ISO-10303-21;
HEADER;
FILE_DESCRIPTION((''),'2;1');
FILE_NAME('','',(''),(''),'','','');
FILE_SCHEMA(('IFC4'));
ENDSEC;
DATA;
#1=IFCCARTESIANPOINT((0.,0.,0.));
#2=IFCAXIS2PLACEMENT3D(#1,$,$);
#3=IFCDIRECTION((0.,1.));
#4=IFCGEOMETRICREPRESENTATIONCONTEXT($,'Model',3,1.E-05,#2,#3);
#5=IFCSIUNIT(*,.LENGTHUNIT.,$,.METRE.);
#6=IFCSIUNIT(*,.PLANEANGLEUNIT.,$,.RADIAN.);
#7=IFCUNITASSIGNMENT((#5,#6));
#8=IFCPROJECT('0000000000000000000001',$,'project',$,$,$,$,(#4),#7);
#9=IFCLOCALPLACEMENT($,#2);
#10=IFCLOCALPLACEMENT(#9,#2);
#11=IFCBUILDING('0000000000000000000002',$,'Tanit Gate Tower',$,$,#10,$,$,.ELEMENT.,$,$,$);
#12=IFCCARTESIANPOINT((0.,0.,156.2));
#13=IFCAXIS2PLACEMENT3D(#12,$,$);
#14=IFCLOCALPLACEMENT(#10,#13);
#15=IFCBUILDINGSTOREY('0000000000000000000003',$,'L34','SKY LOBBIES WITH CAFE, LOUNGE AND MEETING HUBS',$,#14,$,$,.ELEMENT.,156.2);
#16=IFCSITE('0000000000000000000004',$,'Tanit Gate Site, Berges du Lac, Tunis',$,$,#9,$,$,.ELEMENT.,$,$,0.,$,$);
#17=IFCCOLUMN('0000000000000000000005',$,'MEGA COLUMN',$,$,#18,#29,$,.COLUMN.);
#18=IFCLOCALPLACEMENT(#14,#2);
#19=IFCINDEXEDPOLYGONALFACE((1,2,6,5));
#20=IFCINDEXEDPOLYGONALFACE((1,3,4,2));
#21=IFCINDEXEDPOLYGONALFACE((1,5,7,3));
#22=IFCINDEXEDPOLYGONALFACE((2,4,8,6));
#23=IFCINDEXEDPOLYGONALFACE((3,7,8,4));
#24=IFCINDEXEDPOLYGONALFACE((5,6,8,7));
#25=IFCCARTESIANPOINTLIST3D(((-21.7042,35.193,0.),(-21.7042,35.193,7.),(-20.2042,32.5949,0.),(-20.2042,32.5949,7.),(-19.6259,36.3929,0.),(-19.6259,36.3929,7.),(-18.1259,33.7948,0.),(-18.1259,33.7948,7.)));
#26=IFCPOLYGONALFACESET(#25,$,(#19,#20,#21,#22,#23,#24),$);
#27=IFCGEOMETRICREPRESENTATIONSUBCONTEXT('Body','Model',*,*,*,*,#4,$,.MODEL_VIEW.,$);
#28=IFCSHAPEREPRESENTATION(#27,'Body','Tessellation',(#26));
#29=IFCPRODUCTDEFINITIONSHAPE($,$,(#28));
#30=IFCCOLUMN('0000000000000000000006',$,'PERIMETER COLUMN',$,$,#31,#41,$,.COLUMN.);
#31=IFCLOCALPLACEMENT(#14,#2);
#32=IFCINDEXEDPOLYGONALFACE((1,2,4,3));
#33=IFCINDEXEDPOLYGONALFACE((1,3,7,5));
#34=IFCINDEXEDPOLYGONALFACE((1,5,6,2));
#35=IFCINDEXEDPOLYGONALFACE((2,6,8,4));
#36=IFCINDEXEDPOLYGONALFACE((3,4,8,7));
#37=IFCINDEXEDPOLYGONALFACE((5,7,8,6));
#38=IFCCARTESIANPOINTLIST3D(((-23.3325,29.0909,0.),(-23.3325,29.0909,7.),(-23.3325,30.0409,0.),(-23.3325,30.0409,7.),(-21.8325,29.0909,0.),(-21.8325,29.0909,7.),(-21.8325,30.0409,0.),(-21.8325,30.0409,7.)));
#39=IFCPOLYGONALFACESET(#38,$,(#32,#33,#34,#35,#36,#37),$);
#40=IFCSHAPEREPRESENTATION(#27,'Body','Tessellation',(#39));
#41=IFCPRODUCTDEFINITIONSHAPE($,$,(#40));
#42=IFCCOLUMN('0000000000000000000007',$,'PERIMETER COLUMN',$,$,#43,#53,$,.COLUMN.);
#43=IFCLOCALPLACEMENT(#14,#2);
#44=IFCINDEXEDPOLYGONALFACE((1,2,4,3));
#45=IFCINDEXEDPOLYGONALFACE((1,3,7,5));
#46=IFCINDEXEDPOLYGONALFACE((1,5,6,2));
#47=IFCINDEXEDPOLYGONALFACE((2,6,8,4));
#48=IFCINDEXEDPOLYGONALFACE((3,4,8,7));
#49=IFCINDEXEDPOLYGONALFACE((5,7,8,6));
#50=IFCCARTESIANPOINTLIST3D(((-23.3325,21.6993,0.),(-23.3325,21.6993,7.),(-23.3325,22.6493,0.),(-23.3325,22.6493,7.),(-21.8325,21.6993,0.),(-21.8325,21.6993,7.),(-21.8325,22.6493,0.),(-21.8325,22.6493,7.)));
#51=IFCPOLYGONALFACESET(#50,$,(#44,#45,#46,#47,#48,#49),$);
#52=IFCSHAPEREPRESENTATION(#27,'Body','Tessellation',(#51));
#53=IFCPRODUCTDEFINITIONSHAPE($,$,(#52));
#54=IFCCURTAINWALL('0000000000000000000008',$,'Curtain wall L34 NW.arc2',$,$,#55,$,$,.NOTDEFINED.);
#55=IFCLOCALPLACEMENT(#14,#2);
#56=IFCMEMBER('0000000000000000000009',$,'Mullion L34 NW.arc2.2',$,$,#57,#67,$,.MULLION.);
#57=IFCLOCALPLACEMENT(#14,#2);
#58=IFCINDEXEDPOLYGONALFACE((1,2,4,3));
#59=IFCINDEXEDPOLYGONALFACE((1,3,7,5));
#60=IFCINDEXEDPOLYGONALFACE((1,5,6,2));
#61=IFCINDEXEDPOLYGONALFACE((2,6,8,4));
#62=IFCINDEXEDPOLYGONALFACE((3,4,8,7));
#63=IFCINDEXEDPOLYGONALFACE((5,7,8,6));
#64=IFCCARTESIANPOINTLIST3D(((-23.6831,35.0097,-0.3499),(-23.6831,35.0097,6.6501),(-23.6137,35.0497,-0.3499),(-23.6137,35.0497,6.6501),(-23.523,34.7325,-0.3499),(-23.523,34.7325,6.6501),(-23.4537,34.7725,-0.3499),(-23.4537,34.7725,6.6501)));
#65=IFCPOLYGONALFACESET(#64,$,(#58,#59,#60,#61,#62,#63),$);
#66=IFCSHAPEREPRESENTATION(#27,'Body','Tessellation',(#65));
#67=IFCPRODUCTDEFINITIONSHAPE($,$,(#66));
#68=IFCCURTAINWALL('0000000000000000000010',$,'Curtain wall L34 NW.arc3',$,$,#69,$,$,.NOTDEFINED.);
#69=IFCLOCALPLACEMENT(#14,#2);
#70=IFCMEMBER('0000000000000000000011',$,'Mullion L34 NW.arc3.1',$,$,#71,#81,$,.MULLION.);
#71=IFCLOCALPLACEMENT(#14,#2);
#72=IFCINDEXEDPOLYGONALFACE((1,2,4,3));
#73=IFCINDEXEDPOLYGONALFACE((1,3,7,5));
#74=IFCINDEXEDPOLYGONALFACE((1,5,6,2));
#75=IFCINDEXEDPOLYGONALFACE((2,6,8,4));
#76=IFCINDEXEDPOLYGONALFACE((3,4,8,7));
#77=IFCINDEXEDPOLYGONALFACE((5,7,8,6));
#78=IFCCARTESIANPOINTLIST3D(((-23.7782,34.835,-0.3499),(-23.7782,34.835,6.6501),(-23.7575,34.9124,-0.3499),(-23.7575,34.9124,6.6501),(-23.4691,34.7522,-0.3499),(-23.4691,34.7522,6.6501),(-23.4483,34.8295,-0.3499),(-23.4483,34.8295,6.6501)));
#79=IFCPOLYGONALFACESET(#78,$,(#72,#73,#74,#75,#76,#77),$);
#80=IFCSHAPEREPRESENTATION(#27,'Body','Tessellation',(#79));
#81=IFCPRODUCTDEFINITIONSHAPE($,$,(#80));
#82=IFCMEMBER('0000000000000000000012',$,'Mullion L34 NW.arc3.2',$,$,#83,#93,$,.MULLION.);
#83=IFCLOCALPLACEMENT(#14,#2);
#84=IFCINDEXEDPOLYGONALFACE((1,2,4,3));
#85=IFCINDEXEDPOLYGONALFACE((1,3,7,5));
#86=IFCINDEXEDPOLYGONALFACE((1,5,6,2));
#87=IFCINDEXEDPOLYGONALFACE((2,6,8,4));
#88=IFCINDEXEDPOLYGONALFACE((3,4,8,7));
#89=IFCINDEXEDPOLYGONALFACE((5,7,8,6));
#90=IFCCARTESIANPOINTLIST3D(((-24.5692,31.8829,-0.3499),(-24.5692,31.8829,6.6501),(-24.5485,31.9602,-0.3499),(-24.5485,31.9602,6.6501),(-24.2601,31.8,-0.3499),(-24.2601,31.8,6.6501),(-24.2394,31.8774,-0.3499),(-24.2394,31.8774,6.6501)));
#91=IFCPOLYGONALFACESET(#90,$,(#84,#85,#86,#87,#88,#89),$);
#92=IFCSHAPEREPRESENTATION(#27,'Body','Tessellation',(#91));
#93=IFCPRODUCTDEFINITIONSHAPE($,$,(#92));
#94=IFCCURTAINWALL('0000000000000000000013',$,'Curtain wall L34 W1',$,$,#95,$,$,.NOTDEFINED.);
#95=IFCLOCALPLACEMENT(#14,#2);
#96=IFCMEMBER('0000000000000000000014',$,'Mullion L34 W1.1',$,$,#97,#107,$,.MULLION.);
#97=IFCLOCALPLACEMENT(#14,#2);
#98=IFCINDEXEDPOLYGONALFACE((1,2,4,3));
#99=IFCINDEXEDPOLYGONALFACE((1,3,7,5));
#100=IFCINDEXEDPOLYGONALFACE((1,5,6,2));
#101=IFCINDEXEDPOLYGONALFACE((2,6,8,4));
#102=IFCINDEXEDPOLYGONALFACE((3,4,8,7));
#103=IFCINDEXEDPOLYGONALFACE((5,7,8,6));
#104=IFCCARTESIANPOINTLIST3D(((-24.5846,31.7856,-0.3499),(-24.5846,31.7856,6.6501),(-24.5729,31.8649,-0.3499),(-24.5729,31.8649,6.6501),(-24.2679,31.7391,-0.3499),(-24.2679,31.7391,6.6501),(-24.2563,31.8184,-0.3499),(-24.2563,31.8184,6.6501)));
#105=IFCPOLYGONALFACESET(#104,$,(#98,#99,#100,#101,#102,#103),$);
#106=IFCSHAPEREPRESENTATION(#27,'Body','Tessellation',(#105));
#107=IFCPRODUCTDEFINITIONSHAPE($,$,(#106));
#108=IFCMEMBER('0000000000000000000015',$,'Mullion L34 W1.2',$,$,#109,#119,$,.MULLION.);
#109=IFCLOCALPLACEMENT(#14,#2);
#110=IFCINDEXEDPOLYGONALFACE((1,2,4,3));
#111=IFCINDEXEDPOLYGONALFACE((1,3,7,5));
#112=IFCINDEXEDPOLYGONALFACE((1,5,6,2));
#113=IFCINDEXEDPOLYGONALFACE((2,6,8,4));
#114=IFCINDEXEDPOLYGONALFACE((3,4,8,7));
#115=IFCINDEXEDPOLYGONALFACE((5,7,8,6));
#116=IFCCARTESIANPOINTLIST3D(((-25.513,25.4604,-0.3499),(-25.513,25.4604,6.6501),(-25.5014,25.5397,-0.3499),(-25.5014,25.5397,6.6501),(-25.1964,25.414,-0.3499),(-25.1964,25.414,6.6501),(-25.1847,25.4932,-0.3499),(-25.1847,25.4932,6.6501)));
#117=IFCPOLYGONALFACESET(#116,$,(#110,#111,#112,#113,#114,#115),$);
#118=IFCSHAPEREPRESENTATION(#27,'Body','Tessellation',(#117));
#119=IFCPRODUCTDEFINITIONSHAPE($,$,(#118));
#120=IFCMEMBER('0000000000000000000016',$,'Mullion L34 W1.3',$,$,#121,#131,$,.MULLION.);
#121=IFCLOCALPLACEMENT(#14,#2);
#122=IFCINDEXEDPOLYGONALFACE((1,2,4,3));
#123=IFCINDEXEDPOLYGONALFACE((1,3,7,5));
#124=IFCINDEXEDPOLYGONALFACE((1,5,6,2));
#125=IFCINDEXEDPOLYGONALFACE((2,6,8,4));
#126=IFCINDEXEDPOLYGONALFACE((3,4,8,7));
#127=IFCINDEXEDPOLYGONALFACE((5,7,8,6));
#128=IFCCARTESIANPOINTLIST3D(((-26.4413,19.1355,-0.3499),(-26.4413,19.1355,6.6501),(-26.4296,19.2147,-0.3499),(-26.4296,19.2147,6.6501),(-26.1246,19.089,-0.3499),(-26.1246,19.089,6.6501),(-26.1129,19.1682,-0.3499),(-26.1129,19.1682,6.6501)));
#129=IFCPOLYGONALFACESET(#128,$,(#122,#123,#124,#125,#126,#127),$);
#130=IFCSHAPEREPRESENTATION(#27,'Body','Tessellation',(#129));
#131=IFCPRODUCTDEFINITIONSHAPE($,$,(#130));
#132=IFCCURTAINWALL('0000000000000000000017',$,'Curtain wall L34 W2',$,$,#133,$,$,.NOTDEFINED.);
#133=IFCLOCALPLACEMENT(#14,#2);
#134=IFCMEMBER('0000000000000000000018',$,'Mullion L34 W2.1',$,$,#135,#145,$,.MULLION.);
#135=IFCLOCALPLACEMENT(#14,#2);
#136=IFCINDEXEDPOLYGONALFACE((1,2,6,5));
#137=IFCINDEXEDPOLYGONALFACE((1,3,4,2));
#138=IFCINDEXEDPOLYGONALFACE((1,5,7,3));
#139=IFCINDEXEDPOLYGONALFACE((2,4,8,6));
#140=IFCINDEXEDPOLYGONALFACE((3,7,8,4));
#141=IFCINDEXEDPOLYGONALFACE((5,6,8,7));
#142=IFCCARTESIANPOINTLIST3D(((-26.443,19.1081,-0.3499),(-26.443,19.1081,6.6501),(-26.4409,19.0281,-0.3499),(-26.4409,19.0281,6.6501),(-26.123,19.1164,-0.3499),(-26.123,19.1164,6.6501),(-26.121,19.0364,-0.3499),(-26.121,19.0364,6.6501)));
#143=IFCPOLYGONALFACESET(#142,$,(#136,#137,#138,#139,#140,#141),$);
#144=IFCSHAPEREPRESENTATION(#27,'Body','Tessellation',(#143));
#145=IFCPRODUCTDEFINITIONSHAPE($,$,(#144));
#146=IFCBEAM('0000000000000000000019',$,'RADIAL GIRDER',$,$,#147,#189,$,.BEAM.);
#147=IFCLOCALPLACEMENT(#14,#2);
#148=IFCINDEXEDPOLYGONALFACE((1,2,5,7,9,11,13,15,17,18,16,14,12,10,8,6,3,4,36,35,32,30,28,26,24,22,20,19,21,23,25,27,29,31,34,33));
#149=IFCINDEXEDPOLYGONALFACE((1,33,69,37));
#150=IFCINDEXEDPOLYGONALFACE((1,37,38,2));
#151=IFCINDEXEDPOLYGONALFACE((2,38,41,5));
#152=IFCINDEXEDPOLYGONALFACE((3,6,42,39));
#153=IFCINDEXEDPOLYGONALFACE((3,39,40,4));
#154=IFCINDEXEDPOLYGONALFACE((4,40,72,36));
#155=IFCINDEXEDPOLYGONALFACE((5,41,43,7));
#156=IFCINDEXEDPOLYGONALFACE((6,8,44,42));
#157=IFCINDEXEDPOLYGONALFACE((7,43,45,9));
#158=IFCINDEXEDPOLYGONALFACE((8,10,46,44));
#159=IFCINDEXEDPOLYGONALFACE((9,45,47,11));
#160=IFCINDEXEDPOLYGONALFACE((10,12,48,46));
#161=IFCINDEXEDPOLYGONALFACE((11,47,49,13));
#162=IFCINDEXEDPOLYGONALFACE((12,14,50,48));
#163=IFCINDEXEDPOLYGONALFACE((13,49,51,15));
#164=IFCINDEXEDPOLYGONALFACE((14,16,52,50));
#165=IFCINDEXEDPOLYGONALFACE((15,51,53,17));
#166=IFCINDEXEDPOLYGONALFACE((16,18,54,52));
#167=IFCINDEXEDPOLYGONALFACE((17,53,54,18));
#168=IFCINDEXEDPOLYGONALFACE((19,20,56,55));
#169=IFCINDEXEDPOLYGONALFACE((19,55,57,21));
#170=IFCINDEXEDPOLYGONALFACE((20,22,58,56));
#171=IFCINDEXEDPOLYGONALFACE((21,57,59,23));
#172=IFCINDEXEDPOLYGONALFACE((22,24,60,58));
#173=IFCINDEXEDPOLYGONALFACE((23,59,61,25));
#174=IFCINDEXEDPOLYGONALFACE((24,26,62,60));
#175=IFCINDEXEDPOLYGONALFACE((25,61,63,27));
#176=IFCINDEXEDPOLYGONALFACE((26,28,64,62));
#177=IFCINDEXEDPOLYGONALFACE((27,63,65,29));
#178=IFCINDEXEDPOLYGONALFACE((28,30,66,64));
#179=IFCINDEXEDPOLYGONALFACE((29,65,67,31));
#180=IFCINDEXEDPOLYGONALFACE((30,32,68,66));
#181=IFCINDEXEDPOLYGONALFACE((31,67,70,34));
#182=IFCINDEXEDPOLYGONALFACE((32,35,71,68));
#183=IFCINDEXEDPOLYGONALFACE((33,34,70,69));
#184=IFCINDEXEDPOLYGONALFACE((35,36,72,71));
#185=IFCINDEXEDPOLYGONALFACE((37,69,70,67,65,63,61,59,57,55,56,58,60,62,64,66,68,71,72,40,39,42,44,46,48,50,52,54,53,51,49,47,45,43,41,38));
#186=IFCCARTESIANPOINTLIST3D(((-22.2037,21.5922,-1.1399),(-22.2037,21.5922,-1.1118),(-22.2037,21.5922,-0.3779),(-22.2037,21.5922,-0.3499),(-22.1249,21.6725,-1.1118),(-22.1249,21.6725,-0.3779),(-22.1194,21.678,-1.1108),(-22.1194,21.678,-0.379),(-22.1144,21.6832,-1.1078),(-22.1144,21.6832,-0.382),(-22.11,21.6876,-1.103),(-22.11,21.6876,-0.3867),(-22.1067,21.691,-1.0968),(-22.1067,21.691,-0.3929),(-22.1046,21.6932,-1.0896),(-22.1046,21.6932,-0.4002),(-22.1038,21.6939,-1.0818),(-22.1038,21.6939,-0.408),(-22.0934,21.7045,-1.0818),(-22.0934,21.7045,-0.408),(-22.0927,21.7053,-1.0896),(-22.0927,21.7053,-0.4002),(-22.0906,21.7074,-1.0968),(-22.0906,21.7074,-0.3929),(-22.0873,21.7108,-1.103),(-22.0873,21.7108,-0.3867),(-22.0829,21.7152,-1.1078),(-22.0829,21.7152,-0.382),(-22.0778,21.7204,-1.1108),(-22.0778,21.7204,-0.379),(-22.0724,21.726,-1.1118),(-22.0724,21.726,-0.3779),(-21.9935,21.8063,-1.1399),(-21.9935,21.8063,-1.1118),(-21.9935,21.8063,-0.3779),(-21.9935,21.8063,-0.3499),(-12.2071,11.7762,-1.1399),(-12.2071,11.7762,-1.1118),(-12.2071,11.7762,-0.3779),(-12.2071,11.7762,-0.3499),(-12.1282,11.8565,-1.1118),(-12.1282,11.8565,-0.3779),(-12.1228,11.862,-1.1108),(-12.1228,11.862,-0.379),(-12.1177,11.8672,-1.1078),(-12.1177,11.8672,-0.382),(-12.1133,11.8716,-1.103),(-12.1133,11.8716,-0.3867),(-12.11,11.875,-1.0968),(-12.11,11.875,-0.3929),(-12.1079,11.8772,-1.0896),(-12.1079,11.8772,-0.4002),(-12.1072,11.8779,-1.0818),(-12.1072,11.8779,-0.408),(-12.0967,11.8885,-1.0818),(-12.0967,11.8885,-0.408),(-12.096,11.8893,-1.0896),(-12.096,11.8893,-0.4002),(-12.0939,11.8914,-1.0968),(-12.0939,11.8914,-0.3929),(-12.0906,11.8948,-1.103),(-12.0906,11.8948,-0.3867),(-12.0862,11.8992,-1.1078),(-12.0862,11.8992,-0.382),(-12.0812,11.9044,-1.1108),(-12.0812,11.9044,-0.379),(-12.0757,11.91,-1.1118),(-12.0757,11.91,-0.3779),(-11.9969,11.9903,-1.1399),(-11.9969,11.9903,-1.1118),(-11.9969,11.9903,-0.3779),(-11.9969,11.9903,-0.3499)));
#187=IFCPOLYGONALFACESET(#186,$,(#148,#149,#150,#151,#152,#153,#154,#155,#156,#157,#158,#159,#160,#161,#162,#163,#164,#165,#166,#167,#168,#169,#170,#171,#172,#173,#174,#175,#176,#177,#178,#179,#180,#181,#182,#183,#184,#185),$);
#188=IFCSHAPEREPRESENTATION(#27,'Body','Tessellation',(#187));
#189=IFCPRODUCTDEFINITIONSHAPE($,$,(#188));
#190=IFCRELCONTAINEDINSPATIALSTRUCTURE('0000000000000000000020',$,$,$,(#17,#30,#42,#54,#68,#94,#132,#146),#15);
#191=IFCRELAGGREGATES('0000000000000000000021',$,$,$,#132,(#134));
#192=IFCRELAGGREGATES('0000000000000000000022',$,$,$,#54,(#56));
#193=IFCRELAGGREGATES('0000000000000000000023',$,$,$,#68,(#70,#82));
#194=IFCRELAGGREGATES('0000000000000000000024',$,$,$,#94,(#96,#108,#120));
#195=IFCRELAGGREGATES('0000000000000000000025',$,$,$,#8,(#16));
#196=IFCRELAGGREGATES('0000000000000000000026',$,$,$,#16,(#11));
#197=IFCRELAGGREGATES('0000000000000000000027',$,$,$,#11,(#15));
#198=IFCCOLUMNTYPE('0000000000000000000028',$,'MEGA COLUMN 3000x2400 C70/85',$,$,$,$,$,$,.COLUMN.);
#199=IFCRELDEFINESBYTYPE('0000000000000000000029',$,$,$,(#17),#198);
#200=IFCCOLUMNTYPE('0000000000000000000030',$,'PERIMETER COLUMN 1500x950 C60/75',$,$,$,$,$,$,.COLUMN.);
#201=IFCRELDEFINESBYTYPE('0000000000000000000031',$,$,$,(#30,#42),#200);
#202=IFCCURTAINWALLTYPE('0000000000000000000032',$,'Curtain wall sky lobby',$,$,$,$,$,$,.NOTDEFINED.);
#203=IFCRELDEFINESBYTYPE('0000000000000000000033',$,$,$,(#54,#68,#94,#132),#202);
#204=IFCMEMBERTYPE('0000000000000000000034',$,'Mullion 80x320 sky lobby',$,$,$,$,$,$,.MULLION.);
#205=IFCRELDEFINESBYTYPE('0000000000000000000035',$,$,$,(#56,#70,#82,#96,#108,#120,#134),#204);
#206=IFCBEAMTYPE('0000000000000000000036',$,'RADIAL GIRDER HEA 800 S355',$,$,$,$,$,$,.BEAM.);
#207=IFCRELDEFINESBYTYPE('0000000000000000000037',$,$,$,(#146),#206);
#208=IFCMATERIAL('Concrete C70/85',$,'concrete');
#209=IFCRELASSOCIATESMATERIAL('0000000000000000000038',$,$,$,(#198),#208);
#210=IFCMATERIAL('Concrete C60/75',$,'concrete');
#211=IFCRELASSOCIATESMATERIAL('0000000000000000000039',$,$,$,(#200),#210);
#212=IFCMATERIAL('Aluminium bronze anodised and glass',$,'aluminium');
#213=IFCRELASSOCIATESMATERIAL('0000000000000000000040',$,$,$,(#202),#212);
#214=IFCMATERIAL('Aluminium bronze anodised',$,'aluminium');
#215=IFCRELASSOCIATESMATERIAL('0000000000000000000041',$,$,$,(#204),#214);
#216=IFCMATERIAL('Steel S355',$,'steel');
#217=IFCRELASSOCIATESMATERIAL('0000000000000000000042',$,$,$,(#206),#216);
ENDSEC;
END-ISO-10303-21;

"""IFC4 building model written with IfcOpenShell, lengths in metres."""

from ifc_helpers import new_model, si_unit, direction, frame, origin, origin_2d, place, context, subcontext, project, spatial, rectangle, i_section, extrude, material, material_profile, profile_set, type_object, element, aggregate, save


model = new_model("IFC4")

# Units and contexts
model_context = context("Model", 3, precision=1e-05, world=origin(), true_north=direction((0.0, 1.0)))
body_context = subcontext(model_context, "Body", "Model", "MODEL_VIEW")
ifc_project = project(units=[si_unit("LENGTHUNIT", "METRE"), si_unit("PLANEANGLEUNIT", "RADIAN")], contexts=[model_context])

# Site, building, storey
site_placement = place(None, origin())
site = spatial("IfcSite", under=ifc_project, at=site_placement, Name="Tanit Gate Site, Berges du Lac, Tunis", CompositionType="ELEMENT", RefElevation=0.0)
building_placement = place(site_placement, origin())
building = spatial("IfcBuilding", under=site, at=building_placement, Name="Tanit Gate Tower", CompositionType="ELEMENT")
storey_placement = place(building_placement, frame((0.0, 0.0, 156.2)))
storey = spatial("IfcBuildingStorey", under=building, at=storey_placement, Name="L34", Description="SKY LOBBIES WITH CAFE, LOUNGE AND MEETING HUBS", CompositionType="ELEMENT", Elevation=156.2)

# Columns
ifc_material_1 = material(Name="Concrete C70/85", Category="concrete")
ifc_material_profile_1 = material_profile(ifc_material_1, rectangle(XDim=3.0, YDim=2.3999, at=origin_2d()), Name="RC 3000x2400")
ifc_profile_set_1 = profile_set([ifc_material_profile_1], Name="Concrete C70/85")
column_type_1 = type_object("IfcColumnType", Name="MEGA COLUMN 3000x2400 C70/85", PredefinedType="COLUMN", material=ifc_profile_set_1)
column_placement = place(storey_placement, frame((-19.915, 34.4939, 0.0), z_axis=(0.0, 0.0, 1.0), x_axis=(-0.5, 0.866025, 0.0)))
element("IfcColumn", 1, at=column_placement, inside=storey, type_object=column_type_1, Name="MEGA COLUMN", PredefinedType="COLUMN", context=body_context, shape_type="SweptSolid", body=[
    extrude(rectangle(XDim=3.0, YDim=2.3999, at=origin_2d()), origin(), (0.0, 0.0, 1.0), 7.0),
])
ifc_material_2 = material(Name="Concrete C60/75", Category="concrete")
ifc_material_profile_2 = material_profile(ifc_material_2, rectangle(XDim=1.5, YDim=0.95, at=origin_2d()), Name="RC 1500x950")
ifc_profile_set_2 = profile_set([ifc_material_profile_2], Name="Concrete C60/75")
column_type_2 = type_object("IfcColumnType", Name="PERIMETER COLUMN 1500x950 C60/75", PredefinedType="COLUMN", material=ifc_profile_set_2)
for number, where, z_axis, x_axis, name in (
    (2, (-22.5825, 29.5659, 0.0), (0.0, 0.0, 1.0), (-1.0, 0.0, 0.0), "PERIMETER COLUMN"),
    (3, (-22.5825, 22.1743, 0.0), (0.0, 0.0, 1.0), (-1.0, 0.0, 0.0), "PERIMETER COLUMN"),
):
    element("IfcColumn", number, at=place(storey_placement, frame(where, z_axis=z_axis, x_axis=x_axis)), inside=storey, type_object=column_type_2, Name=name, PredefinedType="COLUMN", context=body_context, shape_type="SweptSolid", body=[
        extrude(rectangle(XDim=1.5, YDim=0.95, at=origin_2d()), origin(), (0.0, 0.0, 1.0), 7.0),
    ])

# Curtain wall, member
ifc_material_3 = material(Name="Aluminium bronze anodised and glass", Category="aluminium")
curtain_wall_type = type_object("IfcCurtainWallType", Name="Curtain wall sky lobby", PredefinedType="NOTDEFINED", material=ifc_material_3)
curtain_wall_1_placement = place(storey_placement, origin())
curtain_wall_1 = element("IfcCurtainWall", 4, at=curtain_wall_1_placement, inside=storey, type_object=curtain_wall_type, Name="Curtain wall L34 NW.arc2", PredefinedType="NOTDEFINED")
ifc_material_4 = material(Name="Aluminium bronze anodised", Category="aluminium")
ifc_material_profile_3 = material_profile(ifc_material_4, rectangle(XDim=0.3201, YDim=0.0801, at=origin_2d()), Name="80x320 bronze mullion")
ifc_profile_set_3 = profile_set([ifc_material_profile_3], Name="Aluminium bronze anodised")
member_type_1 = type_object("IfcMemberType", Name="Mullion 80x320 sky lobby", PredefinedType="MULLION", material=ifc_profile_set_3)
member_1_placement = place(storey_placement, frame((-23.5684, 34.8911, -0.3499), z_axis=(0.0, 0.0, 1.0), x_axis=(0.5, -0.866025, 0.0)))
member_1 = element("IfcMember", 5, at=member_1_placement, type_object=member_type_1, Name="Mullion L34 NW.arc2.2", PredefinedType="MULLION", context=body_context, shape_type="SweptSolid", body=[
    extrude(rectangle(XDim=0.3201, YDim=0.0801, at=origin_2d()), origin(), (0.0, 0.0, 1.0), 7.0),
])

# Curtain walls, members
curtain_wall_2_placement = place(storey_placement, origin())
curtain_wall_2 = element("IfcCurtainWall", 6, at=curtain_wall_2_placement, inside=storey, type_object=curtain_wall_type, Name="Curtain wall L34 NW.arc3", PredefinedType="NOTDEFINED")
member_2_placement = place(storey_placement, frame((-23.6133, 34.8323, -0.3499), z_axis=(0.0, 0.0, 1.0), x_axis=(0.965926, -0.258819, 0.0)))
member_2 = element("IfcMember", 7, at=member_2_placement, type_object=member_type_1, Name="Mullion L34 NW.arc3.1", PredefinedType="MULLION", context=body_context, shape_type="SweptSolid", body=[
    extrude(rectangle(XDim=0.3201, YDim=0.0801, at=origin_2d()), origin(), (0.0, 0.0, 1.0), 7.0),
])
member_3_placement = place(storey_placement, frame((-24.4043, 31.8801, -0.3499), z_axis=(0.0, 0.0, 1.0), x_axis=(0.965926, -0.258819, 0.0)))
member_3 = element("IfcMember", 8, at=member_3_placement, type_object=member_type_1, Name="Mullion L34 NW.arc3.2", PredefinedType="MULLION", context=body_context, shape_type="SweptSolid", body=[
    extrude(rectangle(XDim=0.3201, YDim=0.0801, at=origin_2d()), origin(), (0.0, 0.0, 1.0), 7.0),
])
curtain_wall_3_placement = place(storey_placement, origin())
curtain_wall_3 = element("IfcCurtainWall", 9, at=curtain_wall_3_placement, inside=storey, type_object=curtain_wall_type, Name="Curtain wall L34 W1", PredefinedType="NOTDEFINED")
member_4_placement = place(storey_placement, frame((-24.4204, 31.802, -0.3499), z_axis=(0.0, 0.0, 1.0), x_axis=(0.9894, -0.145218, 0.0)))
member_4 = element("IfcMember", 10, at=member_4_placement, type_object=member_type_1, Name="Mullion L34 W1.1", PredefinedType="MULLION", context=body_context, shape_type="SweptSolid", body=[
    extrude(rectangle(XDim=0.3201, YDim=0.0801, at=origin_2d()), origin(), (0.0, 0.0, 1.0), 7.0),
])
member_5_placement = place(storey_placement, frame((-25.3489, 25.4768, -0.3499), z_axis=(0.0, 0.0, 1.0), x_axis=(0.9894, -0.145218, 0.0)))
member_5 = element("IfcMember", 11, at=member_5_placement, type_object=member_type_1, Name="Mullion L34 W1.2", PredefinedType="MULLION", context=body_context, shape_type="SweptSolid", body=[
    extrude(rectangle(XDim=0.3201, YDim=0.0801, at=origin_2d()), origin(), (0.0, 0.0, 1.0), 7.0),
])
member_6_placement = place(storey_placement, frame((-26.2771, 19.1519, -0.3499), z_axis=(0.0, 0.0, 1.0), x_axis=(0.9894, -0.145218, 0.0)))
member_6 = element("IfcMember", 12, at=member_6_placement, type_object=member_type_1, Name="Mullion L34 W1.3", PredefinedType="MULLION", context=body_context, shape_type="SweptSolid", body=[
    extrude(rectangle(XDim=0.3201, YDim=0.0801, at=origin_2d()), origin(), (0.0, 0.0, 1.0), 7.0),
])

# Curtain wall, member
curtain_wall_4_placement = place(storey_placement, origin())
curtain_wall_4 = element("IfcCurtainWall", 13, at=curtain_wall_4_placement, inside=storey, type_object=curtain_wall_type, Name="Curtain wall L34 W2", PredefinedType="NOTDEFINED")
member_7_placement = place(storey_placement, frame((-26.282, 19.0723, -0.3499), z_axis=(0.0, 0.0, 1.0), x_axis=(0.999664, 0.025924, 0.0)))
member_7 = element("IfcMember", 14, at=member_7_placement, type_object=member_type_1, Name="Mullion L34 W2.1", PredefinedType="MULLION", context=body_context, shape_type="SweptSolid", body=[
    extrude(rectangle(XDim=0.3201, YDim=0.0801, at=origin_2d()), origin(), (0.0, 0.0, 1.0), 7.0),
])
aggregate(curtain_wall_4, [member_7])

# Beam
ifc_material_5 = material(Name="Steel S355", Category="steel")
ifc_material_profile_4 = material_profile(ifc_material_5, i_section(OverallWidth=0.3, OverallDepth=0.79, WebThickness=0.0149, FlangeThickness=0.0281, FilletRadius=0.03, at=origin_2d()), Name="HEA 800")
ifc_profile_set_4 = profile_set([ifc_material_profile_4], Name="Steel S355")
beam_type_1 = type_object("IfcBeamType", Name="RADIAL GIRDER HEA 800 S355", PredefinedType="BEAM", material=ifc_profile_set_4)
beam_1_placement = place(storey_placement, frame((-22.0986, 21.6992, -0.7449), z_axis=(0.713525, -0.70063, 0.0), x_axis=(0.70063, 0.713525, 0.0)))
element("IfcBeam", 15, at=beam_1_placement, inside=storey, type_object=beam_type_1, Name="RADIAL GIRDER", PredefinedType="BEAM", context=body_context, shape_type="SweptSolid", body=[
    extrude(i_section(OverallWidth=0.3, OverallDepth=0.79, WebThickness=0.0149, FlangeThickness=0.0281, FilletRadius=0.03, at=origin_2d()), origin(), (0.0, 0.0, 1.0), 14.0103),
])

aggregate(curtain_wall_1, [member_1])
aggregate(curtain_wall_2, [member_2, member_3])
aggregate(curtain_wall_3, [member_4, member_5, member_6])

save(model, "model.ifc")
